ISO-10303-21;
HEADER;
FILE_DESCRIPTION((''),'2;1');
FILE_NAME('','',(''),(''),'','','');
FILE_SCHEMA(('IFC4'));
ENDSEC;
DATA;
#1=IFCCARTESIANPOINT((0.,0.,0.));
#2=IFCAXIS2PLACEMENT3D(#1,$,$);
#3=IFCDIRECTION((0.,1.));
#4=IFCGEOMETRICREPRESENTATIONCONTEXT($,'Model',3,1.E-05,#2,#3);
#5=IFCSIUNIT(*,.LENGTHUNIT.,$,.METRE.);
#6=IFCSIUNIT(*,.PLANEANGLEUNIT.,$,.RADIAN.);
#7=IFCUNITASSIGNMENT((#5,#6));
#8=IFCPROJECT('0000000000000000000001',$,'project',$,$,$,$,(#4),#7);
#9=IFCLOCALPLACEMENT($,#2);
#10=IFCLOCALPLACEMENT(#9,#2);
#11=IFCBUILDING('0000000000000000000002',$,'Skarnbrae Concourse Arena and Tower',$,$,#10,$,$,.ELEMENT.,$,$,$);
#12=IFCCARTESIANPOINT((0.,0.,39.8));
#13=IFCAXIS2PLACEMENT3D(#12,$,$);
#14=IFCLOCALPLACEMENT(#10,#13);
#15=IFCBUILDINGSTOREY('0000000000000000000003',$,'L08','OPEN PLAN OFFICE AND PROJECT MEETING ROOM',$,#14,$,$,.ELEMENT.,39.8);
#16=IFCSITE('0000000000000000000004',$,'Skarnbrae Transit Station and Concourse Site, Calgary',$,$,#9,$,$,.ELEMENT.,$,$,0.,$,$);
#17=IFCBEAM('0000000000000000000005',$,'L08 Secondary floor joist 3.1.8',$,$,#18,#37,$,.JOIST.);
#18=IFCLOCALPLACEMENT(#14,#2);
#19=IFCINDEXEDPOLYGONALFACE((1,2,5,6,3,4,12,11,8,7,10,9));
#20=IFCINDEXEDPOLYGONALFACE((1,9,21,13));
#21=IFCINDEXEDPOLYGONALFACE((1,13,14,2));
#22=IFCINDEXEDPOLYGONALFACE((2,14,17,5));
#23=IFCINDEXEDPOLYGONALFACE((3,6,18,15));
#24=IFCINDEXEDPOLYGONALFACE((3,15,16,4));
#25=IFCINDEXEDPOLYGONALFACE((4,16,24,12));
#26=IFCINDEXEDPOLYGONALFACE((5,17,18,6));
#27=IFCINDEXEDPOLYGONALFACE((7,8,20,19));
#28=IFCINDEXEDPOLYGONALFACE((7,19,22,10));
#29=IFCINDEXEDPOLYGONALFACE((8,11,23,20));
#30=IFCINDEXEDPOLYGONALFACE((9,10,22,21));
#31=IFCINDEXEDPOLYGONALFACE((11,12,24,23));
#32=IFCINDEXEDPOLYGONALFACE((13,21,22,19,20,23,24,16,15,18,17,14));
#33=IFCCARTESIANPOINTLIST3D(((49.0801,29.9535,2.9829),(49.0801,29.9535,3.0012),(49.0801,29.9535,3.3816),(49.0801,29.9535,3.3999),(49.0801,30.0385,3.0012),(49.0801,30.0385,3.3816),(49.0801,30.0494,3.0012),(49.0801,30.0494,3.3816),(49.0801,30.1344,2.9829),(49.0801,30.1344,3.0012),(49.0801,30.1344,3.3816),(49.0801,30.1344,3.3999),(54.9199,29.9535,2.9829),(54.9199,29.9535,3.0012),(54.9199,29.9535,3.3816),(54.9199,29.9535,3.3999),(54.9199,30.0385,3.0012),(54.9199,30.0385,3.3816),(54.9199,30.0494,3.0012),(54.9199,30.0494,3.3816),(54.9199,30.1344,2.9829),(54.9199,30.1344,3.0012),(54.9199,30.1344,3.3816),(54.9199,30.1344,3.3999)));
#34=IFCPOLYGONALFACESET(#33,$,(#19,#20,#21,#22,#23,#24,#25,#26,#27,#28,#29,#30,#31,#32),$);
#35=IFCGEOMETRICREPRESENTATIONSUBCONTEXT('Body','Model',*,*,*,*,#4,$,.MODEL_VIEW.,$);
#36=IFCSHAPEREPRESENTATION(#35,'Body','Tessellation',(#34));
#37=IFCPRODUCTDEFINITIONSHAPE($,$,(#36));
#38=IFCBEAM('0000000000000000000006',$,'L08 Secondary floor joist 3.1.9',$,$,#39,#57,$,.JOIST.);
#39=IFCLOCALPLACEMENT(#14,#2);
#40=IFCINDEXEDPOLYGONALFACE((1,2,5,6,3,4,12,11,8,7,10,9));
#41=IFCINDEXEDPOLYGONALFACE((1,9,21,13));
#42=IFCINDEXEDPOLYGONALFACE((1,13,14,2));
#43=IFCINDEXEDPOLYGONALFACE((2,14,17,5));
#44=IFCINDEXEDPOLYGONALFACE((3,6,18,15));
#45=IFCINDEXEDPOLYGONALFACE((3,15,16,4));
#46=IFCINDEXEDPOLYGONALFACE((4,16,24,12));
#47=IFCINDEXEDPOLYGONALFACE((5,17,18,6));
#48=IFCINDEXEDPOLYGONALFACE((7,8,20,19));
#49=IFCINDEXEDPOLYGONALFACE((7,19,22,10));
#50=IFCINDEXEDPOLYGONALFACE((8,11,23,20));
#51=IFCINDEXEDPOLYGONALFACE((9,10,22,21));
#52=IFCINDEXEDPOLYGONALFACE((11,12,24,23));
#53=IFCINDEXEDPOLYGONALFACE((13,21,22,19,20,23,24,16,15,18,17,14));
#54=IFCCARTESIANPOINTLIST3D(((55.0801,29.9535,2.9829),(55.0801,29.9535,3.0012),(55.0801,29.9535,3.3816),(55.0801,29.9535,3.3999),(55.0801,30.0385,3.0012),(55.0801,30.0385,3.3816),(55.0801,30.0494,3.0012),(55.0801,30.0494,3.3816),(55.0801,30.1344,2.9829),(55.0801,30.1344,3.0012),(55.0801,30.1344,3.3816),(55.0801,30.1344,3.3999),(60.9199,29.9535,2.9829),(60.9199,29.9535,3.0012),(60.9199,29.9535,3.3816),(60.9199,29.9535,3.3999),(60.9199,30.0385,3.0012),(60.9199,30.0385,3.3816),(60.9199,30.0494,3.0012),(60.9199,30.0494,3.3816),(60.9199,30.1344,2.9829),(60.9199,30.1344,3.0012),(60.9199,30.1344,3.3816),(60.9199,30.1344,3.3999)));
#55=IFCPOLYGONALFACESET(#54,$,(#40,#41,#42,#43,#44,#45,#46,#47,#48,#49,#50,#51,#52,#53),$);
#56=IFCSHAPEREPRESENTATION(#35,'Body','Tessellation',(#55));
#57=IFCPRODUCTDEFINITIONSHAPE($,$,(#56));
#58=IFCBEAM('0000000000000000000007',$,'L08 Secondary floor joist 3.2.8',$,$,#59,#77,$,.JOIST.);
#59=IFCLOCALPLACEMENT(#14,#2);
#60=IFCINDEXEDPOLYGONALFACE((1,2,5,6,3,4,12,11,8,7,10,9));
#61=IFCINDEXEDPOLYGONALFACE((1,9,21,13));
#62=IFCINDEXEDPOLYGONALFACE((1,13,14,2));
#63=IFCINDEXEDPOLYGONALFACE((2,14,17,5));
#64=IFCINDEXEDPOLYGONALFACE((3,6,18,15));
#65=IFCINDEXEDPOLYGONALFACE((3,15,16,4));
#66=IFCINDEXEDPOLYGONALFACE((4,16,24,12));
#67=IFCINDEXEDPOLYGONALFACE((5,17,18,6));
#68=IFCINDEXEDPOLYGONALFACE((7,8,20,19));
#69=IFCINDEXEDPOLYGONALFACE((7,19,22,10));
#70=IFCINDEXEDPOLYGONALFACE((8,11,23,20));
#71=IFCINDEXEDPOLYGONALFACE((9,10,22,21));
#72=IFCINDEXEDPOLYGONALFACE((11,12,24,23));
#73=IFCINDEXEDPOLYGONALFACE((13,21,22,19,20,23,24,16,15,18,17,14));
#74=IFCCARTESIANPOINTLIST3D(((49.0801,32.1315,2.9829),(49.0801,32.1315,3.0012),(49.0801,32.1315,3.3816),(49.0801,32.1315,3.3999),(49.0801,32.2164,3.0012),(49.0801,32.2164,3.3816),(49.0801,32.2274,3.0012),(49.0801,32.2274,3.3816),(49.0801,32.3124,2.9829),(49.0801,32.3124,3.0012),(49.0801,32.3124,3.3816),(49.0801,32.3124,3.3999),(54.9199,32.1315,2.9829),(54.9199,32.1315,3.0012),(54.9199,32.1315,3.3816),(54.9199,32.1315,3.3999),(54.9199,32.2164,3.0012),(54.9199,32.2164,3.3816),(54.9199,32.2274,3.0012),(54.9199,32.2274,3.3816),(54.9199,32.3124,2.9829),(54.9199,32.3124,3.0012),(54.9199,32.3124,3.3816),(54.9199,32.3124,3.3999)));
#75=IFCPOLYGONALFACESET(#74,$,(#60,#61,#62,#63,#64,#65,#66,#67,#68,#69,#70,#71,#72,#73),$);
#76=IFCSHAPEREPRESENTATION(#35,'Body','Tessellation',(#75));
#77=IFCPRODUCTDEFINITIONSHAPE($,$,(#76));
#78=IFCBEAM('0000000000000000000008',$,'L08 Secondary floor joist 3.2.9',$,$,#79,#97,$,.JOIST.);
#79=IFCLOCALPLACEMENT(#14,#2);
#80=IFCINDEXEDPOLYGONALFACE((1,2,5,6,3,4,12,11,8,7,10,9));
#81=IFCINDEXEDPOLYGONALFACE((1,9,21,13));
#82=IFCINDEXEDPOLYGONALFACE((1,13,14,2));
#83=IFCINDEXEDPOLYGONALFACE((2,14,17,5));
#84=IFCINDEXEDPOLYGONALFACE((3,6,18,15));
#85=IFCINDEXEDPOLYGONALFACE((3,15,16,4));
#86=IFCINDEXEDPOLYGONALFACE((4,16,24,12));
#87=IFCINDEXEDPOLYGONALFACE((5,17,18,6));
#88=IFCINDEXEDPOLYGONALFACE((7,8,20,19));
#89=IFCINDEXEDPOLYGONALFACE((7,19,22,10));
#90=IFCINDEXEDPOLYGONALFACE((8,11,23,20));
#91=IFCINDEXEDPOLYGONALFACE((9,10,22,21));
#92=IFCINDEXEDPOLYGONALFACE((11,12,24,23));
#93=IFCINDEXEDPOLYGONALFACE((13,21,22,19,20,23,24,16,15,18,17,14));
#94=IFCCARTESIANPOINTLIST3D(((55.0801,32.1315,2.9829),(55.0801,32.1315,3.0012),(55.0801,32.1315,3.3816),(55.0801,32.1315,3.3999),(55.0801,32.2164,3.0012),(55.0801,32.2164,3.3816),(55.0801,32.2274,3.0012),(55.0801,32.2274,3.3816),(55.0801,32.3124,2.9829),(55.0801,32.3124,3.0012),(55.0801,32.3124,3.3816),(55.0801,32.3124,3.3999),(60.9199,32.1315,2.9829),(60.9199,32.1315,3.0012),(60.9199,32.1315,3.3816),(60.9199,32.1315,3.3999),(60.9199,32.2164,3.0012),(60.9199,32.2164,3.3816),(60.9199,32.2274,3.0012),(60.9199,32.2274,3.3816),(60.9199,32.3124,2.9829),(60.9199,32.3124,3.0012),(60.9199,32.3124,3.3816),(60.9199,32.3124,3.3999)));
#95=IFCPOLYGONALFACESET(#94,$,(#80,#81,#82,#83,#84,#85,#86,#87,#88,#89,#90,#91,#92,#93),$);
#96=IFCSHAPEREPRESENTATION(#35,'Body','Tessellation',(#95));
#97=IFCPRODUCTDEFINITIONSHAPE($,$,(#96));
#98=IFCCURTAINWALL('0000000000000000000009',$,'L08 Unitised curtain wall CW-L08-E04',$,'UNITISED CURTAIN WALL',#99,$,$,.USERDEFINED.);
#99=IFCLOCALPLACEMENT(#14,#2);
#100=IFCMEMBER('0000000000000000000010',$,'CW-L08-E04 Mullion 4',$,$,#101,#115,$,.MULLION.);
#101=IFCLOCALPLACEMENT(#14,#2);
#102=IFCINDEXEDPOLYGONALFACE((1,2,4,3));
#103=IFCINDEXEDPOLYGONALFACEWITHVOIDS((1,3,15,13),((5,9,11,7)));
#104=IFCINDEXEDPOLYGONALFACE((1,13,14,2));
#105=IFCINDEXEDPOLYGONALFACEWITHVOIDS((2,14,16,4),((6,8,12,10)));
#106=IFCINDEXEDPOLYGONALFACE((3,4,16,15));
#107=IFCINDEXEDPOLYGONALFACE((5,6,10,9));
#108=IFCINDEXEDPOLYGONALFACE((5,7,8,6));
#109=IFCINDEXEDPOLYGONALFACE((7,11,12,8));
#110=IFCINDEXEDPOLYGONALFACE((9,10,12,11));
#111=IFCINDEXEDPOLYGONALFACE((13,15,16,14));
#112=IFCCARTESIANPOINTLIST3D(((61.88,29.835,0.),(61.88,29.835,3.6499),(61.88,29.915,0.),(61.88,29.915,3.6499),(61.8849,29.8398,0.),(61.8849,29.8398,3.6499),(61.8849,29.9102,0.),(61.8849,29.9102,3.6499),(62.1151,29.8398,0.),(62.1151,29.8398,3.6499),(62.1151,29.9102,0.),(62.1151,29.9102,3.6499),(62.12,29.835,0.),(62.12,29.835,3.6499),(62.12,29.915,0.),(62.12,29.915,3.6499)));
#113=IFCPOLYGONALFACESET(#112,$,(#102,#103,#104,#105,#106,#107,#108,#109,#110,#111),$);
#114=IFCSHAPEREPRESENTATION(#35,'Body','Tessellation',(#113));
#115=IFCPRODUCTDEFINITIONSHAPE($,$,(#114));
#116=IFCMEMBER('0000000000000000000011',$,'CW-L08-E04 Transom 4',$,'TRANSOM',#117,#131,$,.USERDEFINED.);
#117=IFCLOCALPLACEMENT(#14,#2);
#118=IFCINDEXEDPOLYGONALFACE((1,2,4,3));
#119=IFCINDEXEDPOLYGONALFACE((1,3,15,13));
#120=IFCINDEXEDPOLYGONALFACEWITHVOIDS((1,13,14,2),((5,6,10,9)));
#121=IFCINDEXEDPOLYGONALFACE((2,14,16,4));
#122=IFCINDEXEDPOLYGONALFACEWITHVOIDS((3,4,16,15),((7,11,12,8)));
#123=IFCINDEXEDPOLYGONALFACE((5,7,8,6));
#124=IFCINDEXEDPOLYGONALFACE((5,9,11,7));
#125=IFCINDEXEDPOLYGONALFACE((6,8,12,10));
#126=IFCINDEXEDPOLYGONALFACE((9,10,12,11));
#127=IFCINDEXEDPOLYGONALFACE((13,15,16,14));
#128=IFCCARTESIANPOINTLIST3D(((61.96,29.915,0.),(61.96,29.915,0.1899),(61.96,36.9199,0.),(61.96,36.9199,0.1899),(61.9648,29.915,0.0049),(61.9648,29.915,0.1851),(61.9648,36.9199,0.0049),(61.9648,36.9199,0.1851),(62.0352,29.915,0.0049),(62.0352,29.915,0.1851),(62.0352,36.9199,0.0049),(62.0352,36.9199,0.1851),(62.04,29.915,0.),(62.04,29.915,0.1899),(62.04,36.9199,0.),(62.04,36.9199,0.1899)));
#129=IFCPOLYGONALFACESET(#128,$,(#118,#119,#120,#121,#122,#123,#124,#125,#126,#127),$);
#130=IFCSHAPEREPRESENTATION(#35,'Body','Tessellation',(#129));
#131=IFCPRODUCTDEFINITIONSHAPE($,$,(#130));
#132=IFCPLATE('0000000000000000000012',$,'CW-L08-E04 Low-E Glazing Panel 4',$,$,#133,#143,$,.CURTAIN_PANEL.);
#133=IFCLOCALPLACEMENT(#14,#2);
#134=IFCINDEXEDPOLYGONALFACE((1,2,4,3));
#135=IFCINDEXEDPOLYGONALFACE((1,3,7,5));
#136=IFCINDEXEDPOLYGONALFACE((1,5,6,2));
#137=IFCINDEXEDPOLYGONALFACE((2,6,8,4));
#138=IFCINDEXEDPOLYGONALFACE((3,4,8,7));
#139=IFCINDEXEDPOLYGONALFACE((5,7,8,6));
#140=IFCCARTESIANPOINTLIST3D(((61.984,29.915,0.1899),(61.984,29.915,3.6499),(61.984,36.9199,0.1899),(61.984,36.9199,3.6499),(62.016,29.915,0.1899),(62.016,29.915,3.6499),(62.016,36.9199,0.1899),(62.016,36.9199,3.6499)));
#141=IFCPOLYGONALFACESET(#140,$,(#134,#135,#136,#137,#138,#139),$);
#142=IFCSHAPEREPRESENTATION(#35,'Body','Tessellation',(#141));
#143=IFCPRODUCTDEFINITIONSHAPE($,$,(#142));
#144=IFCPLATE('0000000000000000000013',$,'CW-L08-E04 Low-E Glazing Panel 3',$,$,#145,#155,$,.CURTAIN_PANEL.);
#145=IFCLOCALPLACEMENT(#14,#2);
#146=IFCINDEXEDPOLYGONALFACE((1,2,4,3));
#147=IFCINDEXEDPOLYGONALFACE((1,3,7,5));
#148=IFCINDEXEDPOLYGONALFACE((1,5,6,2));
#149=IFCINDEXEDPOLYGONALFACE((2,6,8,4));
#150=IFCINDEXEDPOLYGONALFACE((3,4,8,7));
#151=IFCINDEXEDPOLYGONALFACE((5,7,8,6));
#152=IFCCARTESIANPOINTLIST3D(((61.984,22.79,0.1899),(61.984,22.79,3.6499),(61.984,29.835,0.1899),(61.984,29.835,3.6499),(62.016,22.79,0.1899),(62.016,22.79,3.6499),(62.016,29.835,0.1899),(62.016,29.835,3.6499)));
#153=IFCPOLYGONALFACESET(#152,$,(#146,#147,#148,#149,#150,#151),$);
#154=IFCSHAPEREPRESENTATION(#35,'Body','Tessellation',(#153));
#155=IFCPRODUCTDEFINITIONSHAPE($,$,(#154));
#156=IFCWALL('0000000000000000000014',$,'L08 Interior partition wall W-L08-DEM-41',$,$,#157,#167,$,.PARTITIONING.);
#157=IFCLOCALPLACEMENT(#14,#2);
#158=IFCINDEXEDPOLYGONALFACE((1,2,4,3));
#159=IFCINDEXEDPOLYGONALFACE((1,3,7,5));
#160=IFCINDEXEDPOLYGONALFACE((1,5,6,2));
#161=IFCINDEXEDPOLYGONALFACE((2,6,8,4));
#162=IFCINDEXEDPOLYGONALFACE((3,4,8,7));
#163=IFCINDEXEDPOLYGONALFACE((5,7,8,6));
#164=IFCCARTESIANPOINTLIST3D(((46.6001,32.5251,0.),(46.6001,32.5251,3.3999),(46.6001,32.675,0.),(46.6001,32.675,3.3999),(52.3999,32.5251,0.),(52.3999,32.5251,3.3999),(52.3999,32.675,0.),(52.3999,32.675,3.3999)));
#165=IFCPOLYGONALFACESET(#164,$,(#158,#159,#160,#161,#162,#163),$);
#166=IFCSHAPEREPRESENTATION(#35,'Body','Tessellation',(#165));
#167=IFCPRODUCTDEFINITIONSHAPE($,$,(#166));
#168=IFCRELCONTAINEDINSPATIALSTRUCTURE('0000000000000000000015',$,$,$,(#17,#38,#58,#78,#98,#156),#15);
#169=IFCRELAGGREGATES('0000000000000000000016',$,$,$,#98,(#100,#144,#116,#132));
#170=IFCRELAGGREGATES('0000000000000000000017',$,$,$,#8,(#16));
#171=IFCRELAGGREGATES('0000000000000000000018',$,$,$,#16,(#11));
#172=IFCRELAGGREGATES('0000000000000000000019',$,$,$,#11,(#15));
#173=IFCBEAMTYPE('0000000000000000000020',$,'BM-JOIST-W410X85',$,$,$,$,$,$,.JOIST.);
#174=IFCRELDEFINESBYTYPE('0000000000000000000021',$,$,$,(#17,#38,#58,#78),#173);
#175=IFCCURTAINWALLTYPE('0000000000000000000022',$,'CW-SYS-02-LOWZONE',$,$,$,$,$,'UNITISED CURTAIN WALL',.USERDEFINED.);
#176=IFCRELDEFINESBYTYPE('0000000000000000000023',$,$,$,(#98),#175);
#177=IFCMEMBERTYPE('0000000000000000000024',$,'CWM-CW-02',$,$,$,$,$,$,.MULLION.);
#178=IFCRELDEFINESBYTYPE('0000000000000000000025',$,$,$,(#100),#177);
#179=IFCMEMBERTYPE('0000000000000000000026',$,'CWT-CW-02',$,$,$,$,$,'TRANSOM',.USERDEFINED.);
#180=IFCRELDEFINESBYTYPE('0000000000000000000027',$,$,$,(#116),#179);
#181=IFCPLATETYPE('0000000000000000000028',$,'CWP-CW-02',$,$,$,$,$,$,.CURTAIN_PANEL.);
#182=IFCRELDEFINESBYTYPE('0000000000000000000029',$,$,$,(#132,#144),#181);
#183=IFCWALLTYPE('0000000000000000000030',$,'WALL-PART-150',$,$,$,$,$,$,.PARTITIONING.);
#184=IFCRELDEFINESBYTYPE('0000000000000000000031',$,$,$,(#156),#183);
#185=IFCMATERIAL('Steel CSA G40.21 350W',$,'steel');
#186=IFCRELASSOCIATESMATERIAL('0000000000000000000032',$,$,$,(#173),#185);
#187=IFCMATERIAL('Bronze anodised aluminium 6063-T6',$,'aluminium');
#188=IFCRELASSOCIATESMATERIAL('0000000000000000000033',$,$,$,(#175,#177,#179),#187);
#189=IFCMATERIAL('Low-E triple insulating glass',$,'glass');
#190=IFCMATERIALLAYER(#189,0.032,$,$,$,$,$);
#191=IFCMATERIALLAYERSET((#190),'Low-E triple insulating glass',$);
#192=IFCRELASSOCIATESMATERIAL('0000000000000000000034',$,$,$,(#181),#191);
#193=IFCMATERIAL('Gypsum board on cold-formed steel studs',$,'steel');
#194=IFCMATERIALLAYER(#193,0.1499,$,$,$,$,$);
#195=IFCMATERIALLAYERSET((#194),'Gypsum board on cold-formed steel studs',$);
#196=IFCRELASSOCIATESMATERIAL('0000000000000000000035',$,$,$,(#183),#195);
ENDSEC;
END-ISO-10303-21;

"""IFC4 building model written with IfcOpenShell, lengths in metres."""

from ifc_helpers import new_model, si_unit, direction, frame, frame_2d, origin, origin_2d, place, context, subcontext, project, spatial, rectangle, hollow_rectangle, i_section, extrude, source, transform, mapped, material, layer, layer_set, material_profile, profile_set, type_object, element, aggregate, save


model = new_model("IFC4")

# Units and contexts
model_context = context("Model", 3, precision=1e-05, world=origin(), true_north=direction((0.0, 1.0)))
body_context = subcontext(model_context, "Body", "Model", "MODEL_VIEW")
ifc_project = project(units=[si_unit("LENGTHUNIT", "METRE"), si_unit("PLANEANGLEUNIT", "RADIAN")], contexts=[model_context])

# Site, building, storey
site_placement = place(None, origin())
site = spatial("IfcSite", under=ifc_project, at=site_placement, Name="Skarnbrae Transit Station and Concourse Site, Calgary", CompositionType="ELEMENT", RefElevation=0.0)
building_placement = place(site_placement, origin())
building = spatial("IfcBuilding", under=site, at=building_placement, Name="Skarnbrae Concourse Arena and Tower", CompositionType="ELEMENT")
storey_placement = place(building_placement, frame((0.0, 0.0, 39.8)))
storey = spatial("IfcBuildingStorey", under=building, at=storey_placement, Name="L08", Description="OPEN PLAN OFFICE AND PROJECT MEETING ROOM", CompositionType="ELEMENT", Elevation=39.8)

# Shared definitions
ifc_material_1 = material(Name="Steel CSA G40.21 350W", Category="steel")

# Beams
ifc_material_profile_1 = material_profile(ifc_material_1, i_section(OverallWidth=0.1809, OverallDepth=0.417, WebThickness=0.011, FlangeThickness=0.0183, at=origin_2d()), Name="W410X85")
ifc_profile_set_1 = profile_set([ifc_material_profile_1], Name="Steel CSA G40.21 350W")
beam_type_1 = type_object("IfcBeamType", Name="BM-JOIST-W410X85", PredefinedType="JOIST", material=ifc_profile_set_1)
shared_shape_1 = source(origin(), body_context, "Body", "SweptSolid", [
    extrude(i_section(OverallWidth=0.1809, OverallDepth=0.417, WebThickness=0.011, FlangeThickness=0.0183, at=origin_2d()), origin(), (0.0, 0.0, 1.0), 5.8398),
])
for number, where, z_axis, x_axis, name in (
    (1, (49.0801, 30.0439, 3.1914), (1.0, 0.0, 0.0), (0.0, 1.0, 0.0), "L08 Secondary floor joist 3.1.8"),
    (2, (55.0801, 30.0439, 3.1914), (1.0, 0.0, 0.0), (0.0, 1.0, 0.0), "L08 Secondary floor joist 3.1.9"),
    (3, (49.0801, 32.2219, 3.1914), (1.0, 0.0, 0.0), (0.0, 1.0, 0.0), "L08 Secondary floor joist 3.2.8"),
    (4, (55.0801, 32.2219, 3.1914), (1.0, 0.0, 0.0), (0.0, 1.0, 0.0), "L08 Secondary floor joist 3.2.9"),
):
    element("IfcBeam", number, at=place(storey_placement, frame(where, z_axis=z_axis, x_axis=x_axis)), inside=storey, type_object=beam_type_1, Name=name, PredefinedType="JOIST", context=body_context, shape_type="MappedRepresentation", body=[
        mapped(shared_shape_1, transform((0.0, 0.0, 0.0))),
    ])

# Curtain wall, members, plates
ifc_material_2 = material(Name="Bronze anodised aluminium 6063-T6", Category="aluminium")
curtain_wall_type = type_object("IfcCurtainWallType", Name="CW-SYS-02-LOWZONE", ElementType="UNITISED CURTAIN WALL", PredefinedType="USERDEFINED", material=ifc_material_2)
curtain_wall_placement = place(storey_placement, origin())
curtain_wall = element("IfcCurtainWall", 5, at=curtain_wall_placement, inside=storey, type_object=curtain_wall_type, Name="L08 Unitised curtain wall CW-L08-E04", ObjectType="UNITISED CURTAIN WALL", PredefinedType="USERDEFINED")
ifc_material_profile_2 = material_profile(ifc_material_2, hollow_rectangle(XDim=0.0801, YDim=0.24, WallThickness=0.0049, at=origin_2d()), Name="ALU-MULL-80X240")
ifc_profile_set_2 = profile_set([ifc_material_profile_2], Name="Bronze anodised aluminium 6063-T6")
member_type_1 = type_object("IfcMemberType", Name="CWM-CW-02", PredefinedType="MULLION", material=ifc_profile_set_2)
shared_shape_2 = source(origin(), body_context, "Body", "SweptSolid", [
    extrude(hollow_rectangle(XDim=0.0801, YDim=0.24, WallThickness=0.0049, at=origin_2d()), origin(), (0.0, 0.0, 1.0), 3.6499),
])
member_1_placement = place(storey_placement, frame((62.0, 29.875, 0.0), z_axis=(0.0, 0.0, 1.0), x_axis=(0.0, 1.0, 0.0)))
member_1 = element("IfcMember", 6, at=member_1_placement, type_object=member_type_1, Name="CW-L08-E04 Mullion 4", PredefinedType="MULLION", context=body_context, shape_type="MappedRepresentation", body=[
    mapped(shared_shape_2, transform((0.0, 0.0, 0.0))),
])
ifc_material_profile_3 = material_profile(ifc_material_2, hollow_rectangle(XDim=0.0801, YDim=0.1899, WallThickness=0.0049, at=origin_2d()), Name="ALU-TRAN-80X190")
ifc_profile_set_3 = profile_set([ifc_material_profile_3], Name="Bronze anodised aluminium 6063-T6")
member_type_2 = type_object("IfcMemberType", Name="CWT-CW-02", ElementType="TRANSOM", PredefinedType="USERDEFINED", material=ifc_profile_set_3)
shared_shape_3 = source(origin(), body_context, "Body", "SweptSolid", [
    extrude(hollow_rectangle(XDim=0.0801, YDim=0.1899, WallThickness=0.0049, at=origin_2d()), origin(), (0.0, 0.0, 1.0), 7.0049),
])
member_2_placement = place(storey_placement, frame((62.0, 29.915, 0.095), z_axis=(0.0, 1.0, 0.0), x_axis=(-1.0, 0.0, 0.0)))
member_2 = element("IfcMember", 7, at=member_2_placement, type_object=member_type_2, Name="CW-L08-E04 Transom 4", ObjectType="TRANSOM", PredefinedType="USERDEFINED", context=body_context, shape_type="MappedRepresentation", body=[
    mapped(shared_shape_3, transform((0.0, 0.0, 0.0))),
])
ifc_material_3 = material(Name="Low-E triple insulating glass", Category="glass")
ifc_layer_1 = layer(ifc_material_3, 0.032)
ifc_layer_set_1 = layer_set([ifc_layer_1], Name="Low-E triple insulating glass")
plate_type = type_object("IfcPlateType", Name="CWP-CW-02", PredefinedType="CURTAIN_PANEL", material=ifc_layer_set_1)
shared_shape_4 = source(origin(), body_context, "Body", "SweptSolid", [
    extrude(rectangle(XDim=7.0049, YDim=0.032, at=origin_2d()), origin(), (0.0, 0.0, 1.0), 3.46),
])
plate_1_placement = place(storey_placement, frame((62.0, 33.4175, 0.1899), z_axis=(0.0, 0.0, 1.0), x_axis=(0.0, 1.0, 0.0)))
plate_1 = element("IfcPlate", 8, at=plate_1_placement, type_object=plate_type, Name="CW-L08-E04 Low-E Glazing Panel 4", PredefinedType="CURTAIN_PANEL", context=body_context, shape_type="MappedRepresentation", body=[
    mapped(shared_shape_4, transform((0.0, 0.0, 0.0))),
])
shared_shape_5 = source(origin(), body_context, "Body", "SweptSolid", [
    extrude(rectangle(XDim=7.0449, YDim=0.032, at=origin_2d()), origin(), (0.0, 0.0, 1.0), 3.46),
])
plate_2_placement = place(storey_placement, frame((62.0, 26.3125, 0.1899), z_axis=(0.0, 0.0, 1.0), x_axis=(0.0, 1.0, 0.0)))
plate_2 = element("IfcPlate", 9, at=plate_2_placement, type_object=plate_type, Name="CW-L08-E04 Low-E Glazing Panel 3", PredefinedType="CURTAIN_PANEL", context=body_context, shape_type="MappedRepresentation", body=[
    mapped(shared_shape_5, transform((0.0, 0.0, 0.0))),
])
aggregate(curtain_wall, [member_1, plate_2, member_2, plate_1])

# Wall
ifc_material_4 = material(Name="Gypsum board on cold-formed steel studs", Category="steel")
ifc_layer_2 = layer(ifc_material_4, 0.1499)
ifc_layer_set_2 = layer_set([ifc_layer_2], Name="Gypsum board on cold-formed steel studs")
wall_type = type_object("IfcWallType", Name="WALL-PART-150", PredefinedType="PARTITIONING", material=ifc_layer_set_2)
shared_shape_6 = source(origin(), body_context, "Body", "SweptSolid", [
    extrude(rectangle(XDim=5.7998, YDim=0.1499, at=frame_2d((2.8999, 0.0))), origin(), (0.0, 0.0, 1.0), 3.3999),
])
wall_placement = place(storey_placement, frame((52.3999, 32.6001, 0.0), z_axis=(0.0, 0.0, 1.0), x_axis=(-1.0, 0.0, 0.0)))
element("IfcWall", 10, at=wall_placement, inside=storey, type_object=wall_type, Name="L08 Interior partition wall W-L08-DEM-41", PredefinedType="PARTITIONING", context=body_context, shape_type="MappedRepresentation", body=[
    mapped(shared_shape_6, transform((0.0, 0.0, 0.0))),
])

save(model, "model.ifc")
